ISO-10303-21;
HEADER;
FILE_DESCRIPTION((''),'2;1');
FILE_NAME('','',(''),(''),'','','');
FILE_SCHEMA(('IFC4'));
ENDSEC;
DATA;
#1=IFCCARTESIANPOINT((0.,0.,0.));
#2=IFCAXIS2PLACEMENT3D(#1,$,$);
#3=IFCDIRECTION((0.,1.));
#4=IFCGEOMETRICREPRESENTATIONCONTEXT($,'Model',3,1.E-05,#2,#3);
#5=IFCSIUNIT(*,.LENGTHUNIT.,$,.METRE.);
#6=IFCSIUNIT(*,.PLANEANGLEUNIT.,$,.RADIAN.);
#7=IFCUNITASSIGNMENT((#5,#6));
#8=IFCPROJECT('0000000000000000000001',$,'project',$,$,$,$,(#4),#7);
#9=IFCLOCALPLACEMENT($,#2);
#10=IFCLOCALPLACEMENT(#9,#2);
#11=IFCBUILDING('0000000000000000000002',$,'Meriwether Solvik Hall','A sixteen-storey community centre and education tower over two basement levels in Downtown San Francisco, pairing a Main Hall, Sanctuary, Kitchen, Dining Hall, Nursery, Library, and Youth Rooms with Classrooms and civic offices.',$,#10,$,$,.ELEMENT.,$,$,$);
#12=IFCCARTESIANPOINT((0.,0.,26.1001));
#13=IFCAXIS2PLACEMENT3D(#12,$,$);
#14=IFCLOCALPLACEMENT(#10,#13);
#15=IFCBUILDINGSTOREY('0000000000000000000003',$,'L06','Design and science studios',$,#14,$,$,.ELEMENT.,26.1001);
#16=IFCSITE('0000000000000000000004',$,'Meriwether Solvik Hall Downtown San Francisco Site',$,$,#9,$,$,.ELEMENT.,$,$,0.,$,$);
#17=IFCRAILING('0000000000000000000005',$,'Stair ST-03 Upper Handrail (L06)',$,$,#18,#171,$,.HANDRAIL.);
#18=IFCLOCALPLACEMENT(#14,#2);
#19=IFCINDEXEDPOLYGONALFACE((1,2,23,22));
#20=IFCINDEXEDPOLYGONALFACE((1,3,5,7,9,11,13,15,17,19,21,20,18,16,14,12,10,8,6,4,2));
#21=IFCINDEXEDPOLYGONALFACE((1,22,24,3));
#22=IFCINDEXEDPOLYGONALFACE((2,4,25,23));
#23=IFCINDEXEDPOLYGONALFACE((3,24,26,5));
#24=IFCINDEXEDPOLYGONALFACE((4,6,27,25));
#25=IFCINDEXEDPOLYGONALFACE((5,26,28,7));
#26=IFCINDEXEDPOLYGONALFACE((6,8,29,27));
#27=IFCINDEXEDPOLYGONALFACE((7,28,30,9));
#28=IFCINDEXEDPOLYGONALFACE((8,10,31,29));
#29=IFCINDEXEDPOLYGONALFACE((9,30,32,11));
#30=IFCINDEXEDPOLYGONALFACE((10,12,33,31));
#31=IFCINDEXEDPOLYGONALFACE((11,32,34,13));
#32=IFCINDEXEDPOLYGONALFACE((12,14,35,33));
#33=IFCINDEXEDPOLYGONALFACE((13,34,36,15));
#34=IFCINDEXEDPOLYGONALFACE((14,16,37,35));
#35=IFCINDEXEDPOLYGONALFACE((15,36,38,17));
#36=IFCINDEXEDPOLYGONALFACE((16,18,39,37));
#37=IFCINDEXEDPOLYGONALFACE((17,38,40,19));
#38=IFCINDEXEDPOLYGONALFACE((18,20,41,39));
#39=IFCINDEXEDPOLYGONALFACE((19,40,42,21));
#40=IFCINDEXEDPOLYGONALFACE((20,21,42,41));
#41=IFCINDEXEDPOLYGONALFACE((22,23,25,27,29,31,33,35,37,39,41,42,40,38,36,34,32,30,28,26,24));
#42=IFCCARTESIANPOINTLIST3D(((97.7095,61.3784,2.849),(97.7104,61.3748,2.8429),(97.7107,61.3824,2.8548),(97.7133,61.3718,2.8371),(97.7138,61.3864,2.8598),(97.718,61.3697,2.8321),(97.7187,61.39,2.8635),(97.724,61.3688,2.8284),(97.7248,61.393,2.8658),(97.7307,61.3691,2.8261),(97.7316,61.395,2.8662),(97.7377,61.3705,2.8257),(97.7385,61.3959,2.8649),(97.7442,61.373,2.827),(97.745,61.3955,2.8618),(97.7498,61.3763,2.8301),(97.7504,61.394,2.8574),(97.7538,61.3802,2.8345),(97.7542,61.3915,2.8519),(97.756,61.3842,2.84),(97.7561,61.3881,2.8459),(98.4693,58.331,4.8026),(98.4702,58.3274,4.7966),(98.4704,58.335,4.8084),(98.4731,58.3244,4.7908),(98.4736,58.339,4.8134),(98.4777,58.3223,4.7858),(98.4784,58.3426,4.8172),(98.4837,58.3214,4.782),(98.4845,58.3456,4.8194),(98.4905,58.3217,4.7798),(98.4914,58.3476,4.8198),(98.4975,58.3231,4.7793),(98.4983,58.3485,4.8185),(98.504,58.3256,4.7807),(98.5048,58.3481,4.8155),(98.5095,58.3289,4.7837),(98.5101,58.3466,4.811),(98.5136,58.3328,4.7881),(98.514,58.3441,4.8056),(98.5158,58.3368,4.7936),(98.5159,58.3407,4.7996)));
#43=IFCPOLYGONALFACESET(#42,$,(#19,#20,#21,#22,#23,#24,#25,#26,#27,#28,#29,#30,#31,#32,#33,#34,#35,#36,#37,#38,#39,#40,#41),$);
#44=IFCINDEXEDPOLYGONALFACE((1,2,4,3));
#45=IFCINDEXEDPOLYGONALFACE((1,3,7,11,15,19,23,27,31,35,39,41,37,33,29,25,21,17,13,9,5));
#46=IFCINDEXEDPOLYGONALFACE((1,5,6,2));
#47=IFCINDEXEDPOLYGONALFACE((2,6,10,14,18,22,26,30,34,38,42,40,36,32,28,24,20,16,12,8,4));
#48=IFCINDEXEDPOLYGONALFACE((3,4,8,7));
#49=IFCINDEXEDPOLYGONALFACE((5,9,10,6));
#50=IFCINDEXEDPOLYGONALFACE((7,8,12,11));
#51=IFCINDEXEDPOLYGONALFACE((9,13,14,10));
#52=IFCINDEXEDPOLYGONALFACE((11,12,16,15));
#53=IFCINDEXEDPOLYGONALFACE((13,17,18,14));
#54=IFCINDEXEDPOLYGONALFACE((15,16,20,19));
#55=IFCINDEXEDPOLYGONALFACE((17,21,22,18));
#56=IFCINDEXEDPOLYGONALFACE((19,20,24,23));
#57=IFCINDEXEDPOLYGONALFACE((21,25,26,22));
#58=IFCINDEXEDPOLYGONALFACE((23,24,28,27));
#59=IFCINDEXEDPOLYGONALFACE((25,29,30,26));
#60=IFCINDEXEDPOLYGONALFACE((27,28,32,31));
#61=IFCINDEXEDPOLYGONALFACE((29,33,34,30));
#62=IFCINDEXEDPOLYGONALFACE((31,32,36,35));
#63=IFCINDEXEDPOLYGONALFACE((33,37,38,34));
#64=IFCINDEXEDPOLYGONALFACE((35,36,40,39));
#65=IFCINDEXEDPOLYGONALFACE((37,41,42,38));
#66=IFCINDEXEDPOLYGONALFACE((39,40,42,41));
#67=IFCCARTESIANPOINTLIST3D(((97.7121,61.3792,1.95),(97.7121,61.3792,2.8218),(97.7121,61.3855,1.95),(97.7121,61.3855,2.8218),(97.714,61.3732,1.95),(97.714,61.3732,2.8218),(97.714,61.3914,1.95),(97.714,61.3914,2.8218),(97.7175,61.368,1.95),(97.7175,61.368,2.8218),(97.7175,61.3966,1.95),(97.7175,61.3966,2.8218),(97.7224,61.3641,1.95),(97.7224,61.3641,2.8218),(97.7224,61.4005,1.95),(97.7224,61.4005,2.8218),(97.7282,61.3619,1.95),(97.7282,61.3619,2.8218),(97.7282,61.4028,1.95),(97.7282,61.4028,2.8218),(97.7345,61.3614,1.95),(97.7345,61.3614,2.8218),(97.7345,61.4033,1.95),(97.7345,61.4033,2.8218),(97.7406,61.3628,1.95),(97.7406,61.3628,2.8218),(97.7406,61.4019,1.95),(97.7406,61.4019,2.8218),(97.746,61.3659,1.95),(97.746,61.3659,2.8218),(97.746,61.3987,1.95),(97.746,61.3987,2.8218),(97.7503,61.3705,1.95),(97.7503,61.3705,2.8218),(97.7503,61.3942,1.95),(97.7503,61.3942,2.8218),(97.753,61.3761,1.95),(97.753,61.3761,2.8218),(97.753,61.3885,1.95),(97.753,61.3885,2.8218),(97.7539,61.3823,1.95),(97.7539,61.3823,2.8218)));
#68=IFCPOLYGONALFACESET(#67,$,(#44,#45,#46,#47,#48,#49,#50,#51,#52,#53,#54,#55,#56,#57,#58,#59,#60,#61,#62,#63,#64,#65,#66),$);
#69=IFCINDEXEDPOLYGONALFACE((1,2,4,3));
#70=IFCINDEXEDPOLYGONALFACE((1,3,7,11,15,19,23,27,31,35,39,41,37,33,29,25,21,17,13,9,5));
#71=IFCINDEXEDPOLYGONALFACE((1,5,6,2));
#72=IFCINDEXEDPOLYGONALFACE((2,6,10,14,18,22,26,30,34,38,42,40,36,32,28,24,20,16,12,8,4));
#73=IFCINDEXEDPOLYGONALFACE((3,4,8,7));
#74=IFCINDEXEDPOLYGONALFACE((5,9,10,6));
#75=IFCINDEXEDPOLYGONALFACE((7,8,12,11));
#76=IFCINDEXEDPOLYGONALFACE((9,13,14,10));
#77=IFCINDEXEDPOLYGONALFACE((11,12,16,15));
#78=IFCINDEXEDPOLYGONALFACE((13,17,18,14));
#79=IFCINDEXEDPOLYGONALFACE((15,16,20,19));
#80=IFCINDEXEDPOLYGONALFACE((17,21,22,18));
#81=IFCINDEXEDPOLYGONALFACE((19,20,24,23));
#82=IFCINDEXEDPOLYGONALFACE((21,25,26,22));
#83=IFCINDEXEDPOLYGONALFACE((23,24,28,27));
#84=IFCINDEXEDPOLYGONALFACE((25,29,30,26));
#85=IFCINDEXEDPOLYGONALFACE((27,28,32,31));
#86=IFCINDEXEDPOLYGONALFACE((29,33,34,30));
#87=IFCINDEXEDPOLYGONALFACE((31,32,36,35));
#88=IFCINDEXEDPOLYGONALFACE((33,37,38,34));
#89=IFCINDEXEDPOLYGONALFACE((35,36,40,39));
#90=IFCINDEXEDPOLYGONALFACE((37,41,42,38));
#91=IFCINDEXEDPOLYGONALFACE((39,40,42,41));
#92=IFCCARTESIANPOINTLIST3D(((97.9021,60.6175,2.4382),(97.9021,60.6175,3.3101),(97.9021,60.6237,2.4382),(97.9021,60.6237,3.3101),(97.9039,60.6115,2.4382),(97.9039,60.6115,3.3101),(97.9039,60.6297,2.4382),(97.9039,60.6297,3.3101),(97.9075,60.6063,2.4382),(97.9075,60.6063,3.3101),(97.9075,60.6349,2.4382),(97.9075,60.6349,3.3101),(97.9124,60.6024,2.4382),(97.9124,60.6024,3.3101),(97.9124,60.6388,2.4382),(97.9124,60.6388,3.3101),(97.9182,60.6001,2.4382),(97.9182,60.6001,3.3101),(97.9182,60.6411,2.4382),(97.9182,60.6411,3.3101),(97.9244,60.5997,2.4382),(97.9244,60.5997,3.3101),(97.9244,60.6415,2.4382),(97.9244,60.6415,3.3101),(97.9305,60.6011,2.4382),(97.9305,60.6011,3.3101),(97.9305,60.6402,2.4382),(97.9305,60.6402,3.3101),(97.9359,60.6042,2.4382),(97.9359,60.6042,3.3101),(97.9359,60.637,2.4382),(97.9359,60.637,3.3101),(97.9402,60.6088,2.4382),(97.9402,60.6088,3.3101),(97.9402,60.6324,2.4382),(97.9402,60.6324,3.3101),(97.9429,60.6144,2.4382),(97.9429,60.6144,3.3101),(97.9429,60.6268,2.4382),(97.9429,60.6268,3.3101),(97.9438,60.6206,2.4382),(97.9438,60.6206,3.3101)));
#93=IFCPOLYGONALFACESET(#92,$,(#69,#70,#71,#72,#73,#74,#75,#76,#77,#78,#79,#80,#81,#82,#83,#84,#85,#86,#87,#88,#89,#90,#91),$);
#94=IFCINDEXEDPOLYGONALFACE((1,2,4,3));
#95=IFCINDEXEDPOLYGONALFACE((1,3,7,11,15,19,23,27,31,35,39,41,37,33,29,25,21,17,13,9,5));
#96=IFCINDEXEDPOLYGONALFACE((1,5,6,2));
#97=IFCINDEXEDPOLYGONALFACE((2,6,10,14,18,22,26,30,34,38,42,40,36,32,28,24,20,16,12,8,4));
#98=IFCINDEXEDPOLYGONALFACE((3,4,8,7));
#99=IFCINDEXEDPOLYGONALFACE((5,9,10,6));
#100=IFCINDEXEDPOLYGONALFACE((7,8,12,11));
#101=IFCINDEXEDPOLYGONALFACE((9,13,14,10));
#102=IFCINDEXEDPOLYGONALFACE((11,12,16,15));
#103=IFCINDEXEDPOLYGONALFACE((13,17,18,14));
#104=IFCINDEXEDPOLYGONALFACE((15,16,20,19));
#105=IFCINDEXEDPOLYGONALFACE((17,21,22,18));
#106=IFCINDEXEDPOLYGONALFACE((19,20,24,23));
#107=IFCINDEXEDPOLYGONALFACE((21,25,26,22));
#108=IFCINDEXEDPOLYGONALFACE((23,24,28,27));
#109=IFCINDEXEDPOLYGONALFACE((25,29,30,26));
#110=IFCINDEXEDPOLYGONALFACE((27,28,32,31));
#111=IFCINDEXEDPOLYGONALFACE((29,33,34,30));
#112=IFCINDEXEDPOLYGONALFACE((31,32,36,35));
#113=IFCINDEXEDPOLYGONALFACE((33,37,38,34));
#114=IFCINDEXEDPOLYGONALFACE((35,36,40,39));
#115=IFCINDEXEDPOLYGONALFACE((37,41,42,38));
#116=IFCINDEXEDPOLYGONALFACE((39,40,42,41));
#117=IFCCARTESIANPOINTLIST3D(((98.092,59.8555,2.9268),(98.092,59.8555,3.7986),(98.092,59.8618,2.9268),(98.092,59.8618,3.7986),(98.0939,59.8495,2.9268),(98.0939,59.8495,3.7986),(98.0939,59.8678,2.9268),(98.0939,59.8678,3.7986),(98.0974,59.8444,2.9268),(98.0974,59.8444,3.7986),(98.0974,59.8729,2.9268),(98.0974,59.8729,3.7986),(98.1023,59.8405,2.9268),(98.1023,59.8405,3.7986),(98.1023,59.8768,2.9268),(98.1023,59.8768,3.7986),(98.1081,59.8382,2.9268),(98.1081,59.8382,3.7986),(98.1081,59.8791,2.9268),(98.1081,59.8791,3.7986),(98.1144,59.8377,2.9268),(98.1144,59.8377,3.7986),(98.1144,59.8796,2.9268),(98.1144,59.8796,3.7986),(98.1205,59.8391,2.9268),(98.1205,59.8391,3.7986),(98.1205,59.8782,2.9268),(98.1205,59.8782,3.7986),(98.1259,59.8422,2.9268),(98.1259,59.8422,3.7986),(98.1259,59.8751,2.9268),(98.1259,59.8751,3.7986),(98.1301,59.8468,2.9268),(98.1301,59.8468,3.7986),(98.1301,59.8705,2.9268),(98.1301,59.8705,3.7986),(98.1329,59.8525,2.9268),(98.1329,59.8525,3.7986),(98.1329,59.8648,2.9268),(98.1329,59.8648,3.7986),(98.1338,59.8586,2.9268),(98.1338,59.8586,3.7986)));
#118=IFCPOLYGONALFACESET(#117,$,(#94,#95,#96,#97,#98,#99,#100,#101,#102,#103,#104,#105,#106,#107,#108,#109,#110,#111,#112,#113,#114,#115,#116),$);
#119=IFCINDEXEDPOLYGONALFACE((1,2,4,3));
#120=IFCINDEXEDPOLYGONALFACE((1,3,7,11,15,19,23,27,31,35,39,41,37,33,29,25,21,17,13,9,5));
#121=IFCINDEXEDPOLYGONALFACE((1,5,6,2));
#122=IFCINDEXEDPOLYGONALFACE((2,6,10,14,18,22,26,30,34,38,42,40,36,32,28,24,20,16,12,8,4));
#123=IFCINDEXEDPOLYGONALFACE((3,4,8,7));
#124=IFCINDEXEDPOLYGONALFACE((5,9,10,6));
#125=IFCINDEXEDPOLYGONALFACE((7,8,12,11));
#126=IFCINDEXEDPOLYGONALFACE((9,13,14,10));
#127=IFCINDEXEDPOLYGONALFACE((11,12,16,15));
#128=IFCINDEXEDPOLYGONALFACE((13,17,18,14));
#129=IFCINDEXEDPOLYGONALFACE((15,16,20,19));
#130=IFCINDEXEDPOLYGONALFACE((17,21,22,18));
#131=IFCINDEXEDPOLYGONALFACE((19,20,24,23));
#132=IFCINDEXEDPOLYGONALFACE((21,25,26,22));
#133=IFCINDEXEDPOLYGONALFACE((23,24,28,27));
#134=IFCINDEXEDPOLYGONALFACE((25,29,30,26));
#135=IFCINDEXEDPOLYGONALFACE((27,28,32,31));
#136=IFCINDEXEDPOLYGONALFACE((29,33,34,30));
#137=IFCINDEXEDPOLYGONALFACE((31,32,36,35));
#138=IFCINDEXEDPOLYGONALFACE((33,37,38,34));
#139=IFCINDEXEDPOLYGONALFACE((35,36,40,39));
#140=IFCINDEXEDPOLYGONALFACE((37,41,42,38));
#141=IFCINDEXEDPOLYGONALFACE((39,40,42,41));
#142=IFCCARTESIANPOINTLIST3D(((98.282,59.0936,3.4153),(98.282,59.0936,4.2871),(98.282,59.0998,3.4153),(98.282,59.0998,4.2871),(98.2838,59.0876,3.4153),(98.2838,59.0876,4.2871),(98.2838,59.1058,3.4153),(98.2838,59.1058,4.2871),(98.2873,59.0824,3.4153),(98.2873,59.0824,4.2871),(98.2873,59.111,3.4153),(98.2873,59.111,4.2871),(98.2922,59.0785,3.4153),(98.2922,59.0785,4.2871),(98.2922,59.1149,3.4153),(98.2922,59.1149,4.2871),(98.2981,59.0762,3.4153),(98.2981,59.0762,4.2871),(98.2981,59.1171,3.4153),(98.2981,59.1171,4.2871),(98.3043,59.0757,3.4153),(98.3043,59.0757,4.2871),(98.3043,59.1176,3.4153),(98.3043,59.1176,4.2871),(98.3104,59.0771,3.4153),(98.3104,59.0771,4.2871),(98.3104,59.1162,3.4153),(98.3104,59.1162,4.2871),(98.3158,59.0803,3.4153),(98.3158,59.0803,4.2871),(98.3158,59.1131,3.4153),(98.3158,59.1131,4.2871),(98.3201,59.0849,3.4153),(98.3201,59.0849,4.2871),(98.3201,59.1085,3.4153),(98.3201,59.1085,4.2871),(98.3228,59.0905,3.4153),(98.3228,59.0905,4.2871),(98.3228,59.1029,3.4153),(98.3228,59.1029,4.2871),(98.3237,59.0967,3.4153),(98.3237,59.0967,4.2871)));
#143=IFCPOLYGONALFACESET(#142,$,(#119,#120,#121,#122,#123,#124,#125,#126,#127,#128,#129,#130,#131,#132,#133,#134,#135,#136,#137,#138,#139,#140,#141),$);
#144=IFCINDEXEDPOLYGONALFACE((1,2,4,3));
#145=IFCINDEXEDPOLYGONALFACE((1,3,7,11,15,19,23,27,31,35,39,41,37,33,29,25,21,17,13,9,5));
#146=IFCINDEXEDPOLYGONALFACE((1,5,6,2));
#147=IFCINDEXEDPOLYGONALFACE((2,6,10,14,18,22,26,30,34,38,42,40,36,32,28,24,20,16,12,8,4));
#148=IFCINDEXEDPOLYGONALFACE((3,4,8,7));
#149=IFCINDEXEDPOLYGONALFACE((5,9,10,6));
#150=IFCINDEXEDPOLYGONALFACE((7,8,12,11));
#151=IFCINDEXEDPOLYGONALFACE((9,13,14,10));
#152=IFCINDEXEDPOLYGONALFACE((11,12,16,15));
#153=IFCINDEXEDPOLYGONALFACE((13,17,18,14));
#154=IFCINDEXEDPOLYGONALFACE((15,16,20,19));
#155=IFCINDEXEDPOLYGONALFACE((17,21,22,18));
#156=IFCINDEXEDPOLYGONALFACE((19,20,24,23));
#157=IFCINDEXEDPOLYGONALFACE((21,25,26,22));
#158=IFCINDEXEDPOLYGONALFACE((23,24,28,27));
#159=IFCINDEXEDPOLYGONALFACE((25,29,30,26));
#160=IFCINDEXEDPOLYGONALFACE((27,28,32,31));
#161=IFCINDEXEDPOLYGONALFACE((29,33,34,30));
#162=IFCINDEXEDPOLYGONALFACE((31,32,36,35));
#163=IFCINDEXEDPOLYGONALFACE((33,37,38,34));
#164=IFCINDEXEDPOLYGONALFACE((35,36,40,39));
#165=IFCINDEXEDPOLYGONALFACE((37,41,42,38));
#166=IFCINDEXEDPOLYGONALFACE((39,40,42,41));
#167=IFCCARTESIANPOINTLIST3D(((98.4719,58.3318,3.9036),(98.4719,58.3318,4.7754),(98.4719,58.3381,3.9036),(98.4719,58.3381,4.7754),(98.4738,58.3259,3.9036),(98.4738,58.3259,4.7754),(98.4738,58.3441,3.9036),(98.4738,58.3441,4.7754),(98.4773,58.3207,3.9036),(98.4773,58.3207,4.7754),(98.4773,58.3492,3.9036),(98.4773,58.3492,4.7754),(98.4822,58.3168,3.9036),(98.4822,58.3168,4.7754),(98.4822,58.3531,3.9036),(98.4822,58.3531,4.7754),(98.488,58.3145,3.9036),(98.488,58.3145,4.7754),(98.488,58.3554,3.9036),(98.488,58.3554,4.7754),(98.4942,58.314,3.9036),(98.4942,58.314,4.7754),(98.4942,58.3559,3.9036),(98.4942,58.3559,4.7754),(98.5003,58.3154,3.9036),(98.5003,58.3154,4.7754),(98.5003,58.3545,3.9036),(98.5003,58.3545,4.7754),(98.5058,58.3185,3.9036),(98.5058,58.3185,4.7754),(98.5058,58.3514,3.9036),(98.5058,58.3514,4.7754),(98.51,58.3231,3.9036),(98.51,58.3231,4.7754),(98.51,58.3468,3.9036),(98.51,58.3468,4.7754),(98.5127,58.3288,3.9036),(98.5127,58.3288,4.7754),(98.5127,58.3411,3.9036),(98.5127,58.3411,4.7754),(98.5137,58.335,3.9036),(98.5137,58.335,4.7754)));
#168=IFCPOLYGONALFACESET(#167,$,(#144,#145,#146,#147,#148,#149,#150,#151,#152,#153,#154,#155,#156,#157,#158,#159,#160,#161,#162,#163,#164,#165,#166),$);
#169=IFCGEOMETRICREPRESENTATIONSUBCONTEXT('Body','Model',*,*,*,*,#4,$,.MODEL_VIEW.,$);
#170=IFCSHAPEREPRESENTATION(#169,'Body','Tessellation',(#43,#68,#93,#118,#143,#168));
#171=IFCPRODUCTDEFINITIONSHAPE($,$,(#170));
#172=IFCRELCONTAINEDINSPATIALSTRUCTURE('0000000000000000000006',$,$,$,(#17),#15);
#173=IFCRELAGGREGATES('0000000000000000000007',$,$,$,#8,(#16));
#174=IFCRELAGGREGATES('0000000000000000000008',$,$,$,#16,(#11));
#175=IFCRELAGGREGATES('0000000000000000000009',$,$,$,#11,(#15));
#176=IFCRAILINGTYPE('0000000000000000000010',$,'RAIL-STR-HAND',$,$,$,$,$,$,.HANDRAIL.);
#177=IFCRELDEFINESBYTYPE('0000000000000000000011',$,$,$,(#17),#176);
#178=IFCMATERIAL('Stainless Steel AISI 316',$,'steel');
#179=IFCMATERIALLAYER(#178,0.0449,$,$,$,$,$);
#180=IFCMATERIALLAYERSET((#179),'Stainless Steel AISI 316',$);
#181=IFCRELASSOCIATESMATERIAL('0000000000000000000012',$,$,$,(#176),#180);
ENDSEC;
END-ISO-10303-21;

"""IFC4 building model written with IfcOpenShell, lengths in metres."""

from ifc_helpers import new_model, si_unit, direction, frame, origin, origin_2d, place, context, subcontext, project, spatial, circle, extrude, material, layer, layer_set, type_object, element, save


model = new_model("IFC4")

# Units and contexts
model_context = context("Model", 3, precision=1e-05, world=origin(), true_north=direction((0.0, 1.0)))
body_context = subcontext(model_context, "Body", "Model", "MODEL_VIEW")
ifc_project = project(units=[si_unit("LENGTHUNIT", "METRE"), si_unit("PLANEANGLEUNIT", "RADIAN")], contexts=[model_context])

# Site, building, storey
site_placement = place(None, origin())
site = spatial("IfcSite", under=ifc_project, at=site_placement, Name="Meriwether Solvik Hall Downtown San Francisco Site", CompositionType="ELEMENT", RefElevation=0.0)
building_placement = place(site_placement, origin())
building = spatial("IfcBuilding", under=site, at=building_placement, Name="Meriwether Solvik Hall", Description="A sixteen-storey community centre and education tower over two basement levels in Downtown San Francisco, pairing a Main Hall, Sanctuary, Kitchen, Dining Hall, Nursery, Library, and Youth Rooms with Classrooms and civic offices.", CompositionType="ELEMENT")
storey_placement = place(building_placement, frame((0.0, 0.0, 26.1001)))
storey = spatial("IfcBuildingStorey", under=building, at=storey_placement, Name="L06", Description="Design and science studios", CompositionType="ELEMENT", Elevation=26.1001)

# Railing
ifc_material_1 = material(Name="Stainless Steel AISI 316", Category="steel")
ifc_layer_1 = layer(ifc_material_1, 0.0449)
ifc_layer_set_1 = layer_set([ifc_layer_1], Name="Stainless Steel AISI 316")
railing_type = type_object("IfcRailingType", Name="RAIL-STR-HAND", PredefinedType="HANDRAIL", material=ifc_layer_set_1)
railing_placement = place(storey_placement, frame((97.7329, 61.3823, 1.95)))
element("IfcRailing", 1, at=railing_placement, inside=storey, type_object=railing_type, Name="Stair ST-03 Upper Handrail (L06)", PredefinedType="HANDRAIL", context=body_context, shape_type="SweptSolid", body=[
    extrude(circle(Radius=0.0239, at=origin_2d()), frame((0.0, 0.0, 0.896), z_axis=(0.205415, -0.823904, 0.528191), x_axis=(0.970298, 0.241914, 0.0)), (0.0, 0.0, 1.0), 3.6987),
    extrude(circle(Radius=0.021, at=origin_2d()), origin(), (0.0, 0.0, 1.0), 0.8718),
    extrude(circle(Radius=0.021, at=origin_2d()), frame((0.1899, -0.7617, 0.4883)), (0.0, 0.0, 1.0), 0.8718),
    extrude(circle(Radius=0.021, at=origin_2d()), frame((0.3799, -1.5237, 0.9768)), (0.0, 0.0, 1.0), 0.8718),
    extrude(circle(Radius=0.021, at=origin_2d()), frame((0.5698, -2.2856, 1.4653)), (0.0, 0.0, 1.0), 0.8718),
    extrude(circle(Radius=0.021, at=origin_2d()), frame((0.7598, -3.0474, 1.9536)), (0.0, 0.0, 1.0), 0.8718),
])

save(model, "model.ifc")
